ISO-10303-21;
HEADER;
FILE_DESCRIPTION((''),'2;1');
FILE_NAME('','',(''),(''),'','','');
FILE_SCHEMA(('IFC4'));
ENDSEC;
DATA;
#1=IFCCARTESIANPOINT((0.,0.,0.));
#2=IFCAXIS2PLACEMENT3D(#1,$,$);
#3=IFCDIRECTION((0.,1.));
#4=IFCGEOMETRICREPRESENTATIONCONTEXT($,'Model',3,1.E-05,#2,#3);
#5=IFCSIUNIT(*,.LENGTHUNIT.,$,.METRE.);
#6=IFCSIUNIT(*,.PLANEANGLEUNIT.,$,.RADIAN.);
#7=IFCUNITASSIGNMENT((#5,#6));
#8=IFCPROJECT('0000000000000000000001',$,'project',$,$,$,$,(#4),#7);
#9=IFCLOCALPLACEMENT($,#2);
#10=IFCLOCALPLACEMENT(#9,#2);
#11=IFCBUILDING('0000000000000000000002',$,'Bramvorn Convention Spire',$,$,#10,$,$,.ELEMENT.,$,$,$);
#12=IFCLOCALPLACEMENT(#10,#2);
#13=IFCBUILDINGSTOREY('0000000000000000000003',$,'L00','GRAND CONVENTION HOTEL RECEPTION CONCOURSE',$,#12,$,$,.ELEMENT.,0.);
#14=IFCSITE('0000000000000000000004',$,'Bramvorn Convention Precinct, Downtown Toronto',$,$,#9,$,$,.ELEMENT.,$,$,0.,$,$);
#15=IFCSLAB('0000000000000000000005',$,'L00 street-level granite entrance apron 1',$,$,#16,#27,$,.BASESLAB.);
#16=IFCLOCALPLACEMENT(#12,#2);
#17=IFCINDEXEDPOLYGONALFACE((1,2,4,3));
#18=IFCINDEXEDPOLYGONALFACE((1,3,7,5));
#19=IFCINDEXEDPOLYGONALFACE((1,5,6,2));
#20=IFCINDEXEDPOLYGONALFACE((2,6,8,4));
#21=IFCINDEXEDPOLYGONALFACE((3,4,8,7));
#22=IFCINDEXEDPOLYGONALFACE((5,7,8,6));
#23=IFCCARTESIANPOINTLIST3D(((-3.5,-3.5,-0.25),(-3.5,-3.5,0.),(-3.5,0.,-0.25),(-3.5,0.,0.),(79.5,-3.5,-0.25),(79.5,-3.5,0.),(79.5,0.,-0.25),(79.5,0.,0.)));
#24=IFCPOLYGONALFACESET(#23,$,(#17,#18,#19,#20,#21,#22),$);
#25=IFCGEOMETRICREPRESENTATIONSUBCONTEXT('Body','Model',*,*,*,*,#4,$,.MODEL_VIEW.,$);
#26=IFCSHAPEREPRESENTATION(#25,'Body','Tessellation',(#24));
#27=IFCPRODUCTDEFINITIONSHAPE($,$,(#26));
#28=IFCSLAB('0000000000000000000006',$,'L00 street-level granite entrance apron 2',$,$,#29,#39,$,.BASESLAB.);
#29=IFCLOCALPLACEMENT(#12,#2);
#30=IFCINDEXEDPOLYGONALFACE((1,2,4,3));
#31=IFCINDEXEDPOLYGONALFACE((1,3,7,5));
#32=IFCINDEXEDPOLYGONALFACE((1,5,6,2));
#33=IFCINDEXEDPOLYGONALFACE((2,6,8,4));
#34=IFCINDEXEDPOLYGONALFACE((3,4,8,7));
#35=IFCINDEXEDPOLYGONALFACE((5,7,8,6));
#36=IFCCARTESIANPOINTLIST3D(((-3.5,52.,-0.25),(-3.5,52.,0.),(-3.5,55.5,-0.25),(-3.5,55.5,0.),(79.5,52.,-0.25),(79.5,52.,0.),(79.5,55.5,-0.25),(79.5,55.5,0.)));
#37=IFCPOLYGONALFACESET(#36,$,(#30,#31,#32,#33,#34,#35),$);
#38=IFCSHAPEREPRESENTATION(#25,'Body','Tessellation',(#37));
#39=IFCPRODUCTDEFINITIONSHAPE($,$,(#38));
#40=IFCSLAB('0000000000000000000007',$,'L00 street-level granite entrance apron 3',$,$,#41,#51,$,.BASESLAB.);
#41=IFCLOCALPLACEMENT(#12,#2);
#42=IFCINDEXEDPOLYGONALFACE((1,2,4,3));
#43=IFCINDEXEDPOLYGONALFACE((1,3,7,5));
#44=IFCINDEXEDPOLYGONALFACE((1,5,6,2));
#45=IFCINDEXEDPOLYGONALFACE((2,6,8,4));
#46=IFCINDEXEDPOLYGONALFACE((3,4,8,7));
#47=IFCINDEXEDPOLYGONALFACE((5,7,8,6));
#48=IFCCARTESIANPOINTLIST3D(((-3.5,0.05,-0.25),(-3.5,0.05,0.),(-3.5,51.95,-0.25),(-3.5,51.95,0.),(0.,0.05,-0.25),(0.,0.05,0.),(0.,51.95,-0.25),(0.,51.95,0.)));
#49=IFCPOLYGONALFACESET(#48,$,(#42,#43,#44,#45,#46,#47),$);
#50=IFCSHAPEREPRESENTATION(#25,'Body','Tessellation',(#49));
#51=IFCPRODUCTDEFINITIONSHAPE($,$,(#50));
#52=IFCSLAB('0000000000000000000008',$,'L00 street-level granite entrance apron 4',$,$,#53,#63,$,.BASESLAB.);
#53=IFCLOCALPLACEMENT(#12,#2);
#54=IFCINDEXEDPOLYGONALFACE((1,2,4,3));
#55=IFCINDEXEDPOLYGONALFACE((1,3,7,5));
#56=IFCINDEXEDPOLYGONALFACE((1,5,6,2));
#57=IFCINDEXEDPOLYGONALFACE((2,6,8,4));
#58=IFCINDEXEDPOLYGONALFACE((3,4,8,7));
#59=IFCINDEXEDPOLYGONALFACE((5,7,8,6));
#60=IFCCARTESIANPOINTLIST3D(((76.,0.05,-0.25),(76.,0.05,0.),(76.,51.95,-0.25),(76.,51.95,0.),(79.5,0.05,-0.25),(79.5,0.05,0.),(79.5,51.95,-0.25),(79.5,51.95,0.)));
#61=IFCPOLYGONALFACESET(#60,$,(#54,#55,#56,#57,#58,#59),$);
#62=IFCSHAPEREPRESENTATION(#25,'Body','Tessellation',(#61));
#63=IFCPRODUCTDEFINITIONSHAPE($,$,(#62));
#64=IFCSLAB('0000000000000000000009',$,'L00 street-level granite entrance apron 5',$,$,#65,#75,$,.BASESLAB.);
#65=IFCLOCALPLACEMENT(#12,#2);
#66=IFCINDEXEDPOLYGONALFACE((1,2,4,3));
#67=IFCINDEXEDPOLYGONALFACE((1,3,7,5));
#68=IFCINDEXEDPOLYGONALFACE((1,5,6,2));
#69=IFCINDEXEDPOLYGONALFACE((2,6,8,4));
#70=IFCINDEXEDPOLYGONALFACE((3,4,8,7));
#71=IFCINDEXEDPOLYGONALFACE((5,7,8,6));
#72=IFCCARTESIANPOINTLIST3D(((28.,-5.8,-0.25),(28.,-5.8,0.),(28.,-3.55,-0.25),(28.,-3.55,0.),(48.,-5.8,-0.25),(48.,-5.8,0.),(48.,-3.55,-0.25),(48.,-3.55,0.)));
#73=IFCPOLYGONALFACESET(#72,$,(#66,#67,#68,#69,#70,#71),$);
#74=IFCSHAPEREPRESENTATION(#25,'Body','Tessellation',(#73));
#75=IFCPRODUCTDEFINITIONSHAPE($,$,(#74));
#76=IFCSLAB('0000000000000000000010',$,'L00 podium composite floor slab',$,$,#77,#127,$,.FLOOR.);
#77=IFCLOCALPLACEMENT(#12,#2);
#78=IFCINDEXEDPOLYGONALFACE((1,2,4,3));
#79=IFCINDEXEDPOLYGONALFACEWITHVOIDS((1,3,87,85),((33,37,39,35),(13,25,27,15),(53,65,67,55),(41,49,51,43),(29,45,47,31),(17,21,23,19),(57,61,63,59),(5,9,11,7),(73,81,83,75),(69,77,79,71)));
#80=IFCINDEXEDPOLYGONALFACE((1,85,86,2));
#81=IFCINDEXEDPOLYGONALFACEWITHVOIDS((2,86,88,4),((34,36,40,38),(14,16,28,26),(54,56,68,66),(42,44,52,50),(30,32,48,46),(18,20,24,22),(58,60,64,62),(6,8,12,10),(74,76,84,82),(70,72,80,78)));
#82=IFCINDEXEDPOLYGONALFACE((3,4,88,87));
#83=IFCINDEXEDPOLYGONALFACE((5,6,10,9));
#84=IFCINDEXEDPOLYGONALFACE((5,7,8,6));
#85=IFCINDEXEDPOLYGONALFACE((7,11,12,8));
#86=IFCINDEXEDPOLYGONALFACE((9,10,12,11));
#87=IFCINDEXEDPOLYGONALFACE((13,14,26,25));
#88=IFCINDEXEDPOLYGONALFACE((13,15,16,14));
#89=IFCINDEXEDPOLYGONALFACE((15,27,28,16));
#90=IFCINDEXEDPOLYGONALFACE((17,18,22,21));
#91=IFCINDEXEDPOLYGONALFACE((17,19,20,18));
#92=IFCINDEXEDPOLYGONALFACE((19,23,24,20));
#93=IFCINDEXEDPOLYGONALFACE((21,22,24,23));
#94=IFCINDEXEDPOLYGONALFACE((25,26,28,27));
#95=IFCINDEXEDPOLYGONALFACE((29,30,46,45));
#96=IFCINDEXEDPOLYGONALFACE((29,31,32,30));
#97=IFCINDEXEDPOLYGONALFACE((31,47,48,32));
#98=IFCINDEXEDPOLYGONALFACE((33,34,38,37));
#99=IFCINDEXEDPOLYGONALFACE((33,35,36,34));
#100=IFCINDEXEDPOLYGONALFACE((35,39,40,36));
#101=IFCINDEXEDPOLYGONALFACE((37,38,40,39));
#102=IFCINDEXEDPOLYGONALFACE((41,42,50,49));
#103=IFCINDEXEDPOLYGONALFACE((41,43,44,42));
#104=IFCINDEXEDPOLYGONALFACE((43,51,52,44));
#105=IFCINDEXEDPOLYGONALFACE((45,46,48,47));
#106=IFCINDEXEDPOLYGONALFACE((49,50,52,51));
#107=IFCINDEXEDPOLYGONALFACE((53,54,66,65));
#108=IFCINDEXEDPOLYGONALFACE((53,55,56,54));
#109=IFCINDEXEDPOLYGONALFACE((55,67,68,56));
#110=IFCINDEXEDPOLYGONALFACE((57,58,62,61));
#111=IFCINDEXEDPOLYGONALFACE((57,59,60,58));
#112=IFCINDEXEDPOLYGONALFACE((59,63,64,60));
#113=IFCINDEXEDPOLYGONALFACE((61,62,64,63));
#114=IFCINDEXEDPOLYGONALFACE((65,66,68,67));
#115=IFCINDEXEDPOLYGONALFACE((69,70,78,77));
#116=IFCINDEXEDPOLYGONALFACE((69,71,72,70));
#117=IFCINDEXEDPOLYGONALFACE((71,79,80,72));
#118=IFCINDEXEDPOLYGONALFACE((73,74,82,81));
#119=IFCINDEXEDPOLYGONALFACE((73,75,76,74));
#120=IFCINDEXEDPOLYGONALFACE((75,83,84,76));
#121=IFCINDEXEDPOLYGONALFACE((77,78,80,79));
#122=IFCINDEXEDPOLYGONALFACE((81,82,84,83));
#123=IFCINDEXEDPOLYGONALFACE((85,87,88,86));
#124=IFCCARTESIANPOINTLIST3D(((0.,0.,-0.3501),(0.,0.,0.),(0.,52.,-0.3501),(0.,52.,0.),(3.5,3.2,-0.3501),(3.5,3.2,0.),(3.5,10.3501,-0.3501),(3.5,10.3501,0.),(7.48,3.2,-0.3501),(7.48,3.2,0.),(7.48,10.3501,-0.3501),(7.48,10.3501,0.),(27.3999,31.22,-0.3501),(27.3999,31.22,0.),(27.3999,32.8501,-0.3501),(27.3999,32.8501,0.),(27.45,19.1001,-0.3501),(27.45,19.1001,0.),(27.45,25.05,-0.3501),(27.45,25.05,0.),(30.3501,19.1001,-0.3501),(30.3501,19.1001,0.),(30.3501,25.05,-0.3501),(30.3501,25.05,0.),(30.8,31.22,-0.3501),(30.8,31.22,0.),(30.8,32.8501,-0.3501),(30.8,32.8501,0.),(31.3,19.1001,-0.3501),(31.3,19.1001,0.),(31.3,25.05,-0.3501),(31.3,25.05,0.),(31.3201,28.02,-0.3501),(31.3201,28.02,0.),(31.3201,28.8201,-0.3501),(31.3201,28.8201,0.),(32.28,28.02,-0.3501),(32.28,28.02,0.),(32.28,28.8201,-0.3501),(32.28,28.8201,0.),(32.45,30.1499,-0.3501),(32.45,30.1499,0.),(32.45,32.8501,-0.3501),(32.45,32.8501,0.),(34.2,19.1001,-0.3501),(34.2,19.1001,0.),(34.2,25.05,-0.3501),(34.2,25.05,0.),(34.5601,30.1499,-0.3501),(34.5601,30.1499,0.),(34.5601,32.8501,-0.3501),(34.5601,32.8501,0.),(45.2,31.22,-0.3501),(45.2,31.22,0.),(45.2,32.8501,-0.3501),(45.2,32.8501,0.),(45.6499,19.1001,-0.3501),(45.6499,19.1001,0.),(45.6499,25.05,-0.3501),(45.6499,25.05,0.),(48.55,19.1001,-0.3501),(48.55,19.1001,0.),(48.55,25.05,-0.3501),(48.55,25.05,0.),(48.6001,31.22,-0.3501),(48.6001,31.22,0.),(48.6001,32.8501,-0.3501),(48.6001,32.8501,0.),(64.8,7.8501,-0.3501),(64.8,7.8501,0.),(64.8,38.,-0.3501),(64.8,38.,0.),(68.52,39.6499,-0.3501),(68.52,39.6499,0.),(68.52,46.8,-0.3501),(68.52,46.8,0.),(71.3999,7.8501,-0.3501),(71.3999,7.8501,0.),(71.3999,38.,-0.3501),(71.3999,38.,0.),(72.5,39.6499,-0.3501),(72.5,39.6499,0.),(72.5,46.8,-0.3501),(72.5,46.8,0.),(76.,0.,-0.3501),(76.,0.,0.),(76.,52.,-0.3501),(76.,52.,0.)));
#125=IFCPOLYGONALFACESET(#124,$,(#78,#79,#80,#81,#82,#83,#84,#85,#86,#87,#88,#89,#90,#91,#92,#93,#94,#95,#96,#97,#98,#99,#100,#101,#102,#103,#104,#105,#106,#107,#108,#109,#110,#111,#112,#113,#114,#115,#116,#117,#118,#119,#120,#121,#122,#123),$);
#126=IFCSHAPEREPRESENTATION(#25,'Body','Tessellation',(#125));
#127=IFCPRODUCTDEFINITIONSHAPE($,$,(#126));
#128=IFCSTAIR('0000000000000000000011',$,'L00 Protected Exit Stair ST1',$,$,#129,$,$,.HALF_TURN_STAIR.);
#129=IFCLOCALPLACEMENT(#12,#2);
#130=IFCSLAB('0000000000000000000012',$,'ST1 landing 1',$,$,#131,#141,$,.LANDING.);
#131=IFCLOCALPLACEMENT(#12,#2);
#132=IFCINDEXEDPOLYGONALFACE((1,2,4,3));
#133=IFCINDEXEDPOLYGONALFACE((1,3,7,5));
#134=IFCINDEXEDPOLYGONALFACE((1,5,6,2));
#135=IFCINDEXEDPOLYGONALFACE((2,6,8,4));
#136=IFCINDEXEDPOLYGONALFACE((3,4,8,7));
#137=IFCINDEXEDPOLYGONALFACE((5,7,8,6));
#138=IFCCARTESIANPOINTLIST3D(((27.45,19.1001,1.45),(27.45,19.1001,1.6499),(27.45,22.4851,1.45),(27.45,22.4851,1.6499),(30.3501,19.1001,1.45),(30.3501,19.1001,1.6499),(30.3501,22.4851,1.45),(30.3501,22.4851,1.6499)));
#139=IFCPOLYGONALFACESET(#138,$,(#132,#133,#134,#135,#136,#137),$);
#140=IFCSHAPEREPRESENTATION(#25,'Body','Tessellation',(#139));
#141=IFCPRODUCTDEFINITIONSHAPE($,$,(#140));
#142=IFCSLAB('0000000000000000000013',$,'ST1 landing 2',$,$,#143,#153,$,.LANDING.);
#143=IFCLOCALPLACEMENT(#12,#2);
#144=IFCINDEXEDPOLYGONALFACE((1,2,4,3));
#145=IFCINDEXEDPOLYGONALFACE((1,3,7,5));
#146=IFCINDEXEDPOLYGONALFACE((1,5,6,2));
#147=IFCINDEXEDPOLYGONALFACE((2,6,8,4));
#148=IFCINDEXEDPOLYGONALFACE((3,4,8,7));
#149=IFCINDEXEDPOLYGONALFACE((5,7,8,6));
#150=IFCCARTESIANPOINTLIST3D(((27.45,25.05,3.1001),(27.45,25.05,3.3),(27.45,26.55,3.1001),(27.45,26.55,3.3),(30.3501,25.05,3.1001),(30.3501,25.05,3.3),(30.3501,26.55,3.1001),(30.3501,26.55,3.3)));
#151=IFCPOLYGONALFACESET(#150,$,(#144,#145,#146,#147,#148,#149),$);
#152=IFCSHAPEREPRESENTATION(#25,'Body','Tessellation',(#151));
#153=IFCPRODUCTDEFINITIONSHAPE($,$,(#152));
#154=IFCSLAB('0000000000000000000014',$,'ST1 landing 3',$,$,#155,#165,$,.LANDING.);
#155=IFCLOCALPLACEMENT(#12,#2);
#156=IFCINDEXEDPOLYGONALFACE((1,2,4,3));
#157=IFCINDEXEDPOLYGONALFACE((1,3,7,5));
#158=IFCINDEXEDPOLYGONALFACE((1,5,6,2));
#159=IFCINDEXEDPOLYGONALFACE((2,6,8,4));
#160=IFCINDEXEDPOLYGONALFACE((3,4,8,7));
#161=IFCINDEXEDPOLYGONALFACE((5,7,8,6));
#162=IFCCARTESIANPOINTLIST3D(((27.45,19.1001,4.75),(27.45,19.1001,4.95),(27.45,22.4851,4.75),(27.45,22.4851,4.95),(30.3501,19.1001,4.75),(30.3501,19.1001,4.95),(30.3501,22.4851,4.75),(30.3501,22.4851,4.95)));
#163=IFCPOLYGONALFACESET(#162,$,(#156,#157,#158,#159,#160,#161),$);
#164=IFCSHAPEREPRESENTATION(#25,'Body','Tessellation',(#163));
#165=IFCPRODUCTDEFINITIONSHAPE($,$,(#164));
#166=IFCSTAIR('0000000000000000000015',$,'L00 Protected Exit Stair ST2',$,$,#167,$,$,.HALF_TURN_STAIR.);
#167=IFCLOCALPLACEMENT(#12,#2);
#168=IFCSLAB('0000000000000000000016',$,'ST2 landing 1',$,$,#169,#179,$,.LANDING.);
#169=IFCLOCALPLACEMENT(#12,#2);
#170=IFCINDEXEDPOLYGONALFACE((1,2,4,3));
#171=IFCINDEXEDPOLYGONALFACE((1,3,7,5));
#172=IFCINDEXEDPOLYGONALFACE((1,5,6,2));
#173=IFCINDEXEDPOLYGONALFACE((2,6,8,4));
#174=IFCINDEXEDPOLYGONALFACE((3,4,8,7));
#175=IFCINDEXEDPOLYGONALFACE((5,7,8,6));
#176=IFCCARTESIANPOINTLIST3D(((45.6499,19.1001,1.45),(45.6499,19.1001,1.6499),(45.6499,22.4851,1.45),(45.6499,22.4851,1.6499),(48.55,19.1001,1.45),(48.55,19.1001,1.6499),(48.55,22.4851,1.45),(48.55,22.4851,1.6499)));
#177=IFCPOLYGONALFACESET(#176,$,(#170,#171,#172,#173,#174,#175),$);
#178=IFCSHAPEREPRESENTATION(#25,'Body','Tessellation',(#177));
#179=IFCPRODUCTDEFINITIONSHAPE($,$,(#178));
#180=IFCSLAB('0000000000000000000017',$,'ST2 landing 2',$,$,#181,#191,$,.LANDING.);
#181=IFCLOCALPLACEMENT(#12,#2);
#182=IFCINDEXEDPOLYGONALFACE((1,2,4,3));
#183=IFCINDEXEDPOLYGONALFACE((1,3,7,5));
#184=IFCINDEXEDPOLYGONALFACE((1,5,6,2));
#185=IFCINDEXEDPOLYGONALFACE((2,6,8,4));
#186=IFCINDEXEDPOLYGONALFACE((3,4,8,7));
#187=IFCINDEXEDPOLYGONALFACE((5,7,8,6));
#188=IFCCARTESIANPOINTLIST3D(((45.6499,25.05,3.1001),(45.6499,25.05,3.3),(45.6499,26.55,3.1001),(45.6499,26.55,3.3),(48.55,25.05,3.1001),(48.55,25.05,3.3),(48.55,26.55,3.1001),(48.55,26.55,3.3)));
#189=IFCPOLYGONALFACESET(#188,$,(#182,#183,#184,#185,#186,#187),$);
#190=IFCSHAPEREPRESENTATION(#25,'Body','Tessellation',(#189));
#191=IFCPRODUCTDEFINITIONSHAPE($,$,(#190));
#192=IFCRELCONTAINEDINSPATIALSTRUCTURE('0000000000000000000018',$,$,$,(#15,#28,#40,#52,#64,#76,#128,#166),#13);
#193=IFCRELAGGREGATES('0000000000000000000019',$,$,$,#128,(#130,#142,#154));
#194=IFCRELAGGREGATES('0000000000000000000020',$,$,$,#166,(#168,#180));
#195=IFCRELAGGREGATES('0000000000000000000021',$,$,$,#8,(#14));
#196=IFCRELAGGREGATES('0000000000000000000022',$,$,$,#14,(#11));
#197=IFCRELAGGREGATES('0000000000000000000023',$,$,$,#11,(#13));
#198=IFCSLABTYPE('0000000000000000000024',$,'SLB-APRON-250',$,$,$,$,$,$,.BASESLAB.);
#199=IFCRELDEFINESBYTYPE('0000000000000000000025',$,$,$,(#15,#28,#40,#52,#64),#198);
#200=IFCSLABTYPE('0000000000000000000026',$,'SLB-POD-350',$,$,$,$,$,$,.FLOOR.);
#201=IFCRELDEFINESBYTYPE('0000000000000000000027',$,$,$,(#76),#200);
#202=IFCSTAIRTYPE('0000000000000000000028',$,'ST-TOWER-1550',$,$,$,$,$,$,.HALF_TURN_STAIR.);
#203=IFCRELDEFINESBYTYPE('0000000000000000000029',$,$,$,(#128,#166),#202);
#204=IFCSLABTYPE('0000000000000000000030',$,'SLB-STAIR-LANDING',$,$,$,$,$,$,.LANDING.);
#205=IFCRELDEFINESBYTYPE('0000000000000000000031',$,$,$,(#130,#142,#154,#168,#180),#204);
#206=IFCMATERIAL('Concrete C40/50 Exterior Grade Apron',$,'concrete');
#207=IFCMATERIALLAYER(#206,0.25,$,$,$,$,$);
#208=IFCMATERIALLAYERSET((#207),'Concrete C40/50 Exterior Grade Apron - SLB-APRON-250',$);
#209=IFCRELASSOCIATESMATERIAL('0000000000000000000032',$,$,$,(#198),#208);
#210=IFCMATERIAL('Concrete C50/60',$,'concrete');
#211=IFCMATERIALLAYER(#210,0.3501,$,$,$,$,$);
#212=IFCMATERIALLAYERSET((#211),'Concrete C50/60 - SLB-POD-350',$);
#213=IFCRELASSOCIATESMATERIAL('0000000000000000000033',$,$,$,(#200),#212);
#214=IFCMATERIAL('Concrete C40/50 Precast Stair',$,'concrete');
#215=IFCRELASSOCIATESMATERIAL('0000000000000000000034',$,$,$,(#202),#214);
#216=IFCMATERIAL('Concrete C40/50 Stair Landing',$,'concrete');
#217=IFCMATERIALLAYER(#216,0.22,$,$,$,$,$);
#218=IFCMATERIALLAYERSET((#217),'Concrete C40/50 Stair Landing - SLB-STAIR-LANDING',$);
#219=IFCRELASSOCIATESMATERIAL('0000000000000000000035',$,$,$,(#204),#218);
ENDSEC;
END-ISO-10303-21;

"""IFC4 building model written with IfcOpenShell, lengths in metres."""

from ifc_helpers import new_model, si_unit, direction, frame, origin, place, context, subcontext, project, spatial, polyline, outline, extrude, material, layer, layer_set, type_object, element, aggregate, save


model = new_model("IFC4")

# Units and contexts
model_context = context("Model", 3, precision=1e-05, world=origin(), true_north=direction((0.0, 1.0)))
body_context = subcontext(model_context, "Body", "Model", "MODEL_VIEW")
ifc_project = project(units=[si_unit("LENGTHUNIT", "METRE"), si_unit("PLANEANGLEUNIT", "RADIAN")], contexts=[model_context])

# Site, building, storey
site_placement = place(None, origin())
site = spatial("IfcSite", under=ifc_project, at=site_placement, Name="Bramvorn Convention Precinct, Downtown Toronto", CompositionType="ELEMENT", RefElevation=0.0)
building_placement = place(site_placement, origin())
building = spatial("IfcBuilding", under=site, at=building_placement, Name="Bramvorn Convention Spire", CompositionType="ELEMENT")
storey_placement = place(building_placement, origin())
storey = spatial("IfcBuildingStorey", under=building, at=storey_placement, Name="L00", Description="GRAND CONVENTION HOTEL RECEPTION CONCOURSE", CompositionType="ELEMENT", Elevation=0.0)

# Slabs
ifc_material_1 = material(Name="Concrete C40/50 Exterior Grade Apron", Category="concrete")
ifc_layer_1 = layer(ifc_material_1, 0.25)
ifc_layer_set_1 = layer_set([ifc_layer_1], Name="Concrete C40/50 Exterior Grade Apron - SLB-APRON-250")
slab_type_1 = type_object("IfcSlabType", Name="SLB-APRON-250", PredefinedType="BASESLAB", material=ifc_layer_set_1)
slab_1_placement = place(storey_placement, frame((0.0, 0.0, -0.25)))
element("IfcSlab", 1, at=slab_1_placement, inside=storey, type_object=slab_type_1, Name="L00 street-level granite entrance apron 1", PredefinedType="BASESLAB", context=body_context, shape_type="SweptSolid", body=[
    extrude(outline(polyline([(-3.5, -3.5), (79.5, -3.5), (79.5, 0.0), (-3.5, 0.0), (-3.5, -3.5)])), origin(), (0.0, 0.0, 1.0), 0.25),
])
slab_2_placement = place(storey_placement, frame((0.0, 0.0, -0.25)))
element("IfcSlab", 2, at=slab_2_placement, inside=storey, type_object=slab_type_1, Name="L00 street-level granite entrance apron 2", PredefinedType="BASESLAB", context=body_context, shape_type="SweptSolid", body=[
    extrude(outline(polyline([(-3.5, 52.0), (79.5, 52.0), (79.5, 55.5), (-3.5, 55.5), (-3.5, 52.0)])), origin(), (0.0, 0.0, 1.0), 0.25),
])
slab_3_placement = place(storey_placement, frame((0.0, 0.0, -0.25)))
element("IfcSlab", 3, at=slab_3_placement, inside=storey, type_object=slab_type_1, Name="L00 street-level granite entrance apron 3", PredefinedType="BASESLAB", context=body_context, shape_type="SweptSolid", body=[
    extrude(outline(polyline([(-3.5, 0.05), (0.0, 0.05), (0.0, 51.95), (-3.5, 51.95), (-3.5, 0.05)])), origin(), (0.0, 0.0, 1.0), 0.25),
])
slab_4_placement = place(storey_placement, frame((0.0, 0.0, -0.25)))
element("IfcSlab", 4, at=slab_4_placement, inside=storey, type_object=slab_type_1, Name="L00 street-level granite entrance apron 4", PredefinedType="BASESLAB", context=body_context, shape_type="SweptSolid", body=[
    extrude(outline(polyline([(76.0, 0.05), (79.5, 0.05), (79.5, 51.95), (76.0, 51.95), (76.0, 0.05)])), origin(), (0.0, 0.0, 1.0), 0.25),
])
slab_5_placement = place(storey_placement, frame((0.0, 0.0, -0.25)))
element("IfcSlab", 5, at=slab_5_placement, inside=storey, type_object=slab_type_1, Name="L00 street-level granite entrance apron 5", PredefinedType="BASESLAB", context=body_context, shape_type="SweptSolid", body=[
    extrude(outline(polyline([(28.0, -5.8), (48.0, -5.8), (48.0, -3.55), (28.0, -3.55), (28.0, -5.8)])), origin(), (0.0, 0.0, 1.0), 0.25),
])
ifc_material_2 = material(Name="Concrete C50/60", Category="concrete")
ifc_layer_2 = layer(ifc_material_2, 0.3501)
ifc_layer_set_2 = layer_set([ifc_layer_2], Name="Concrete C50/60 - SLB-POD-350")
slab_type_2 = type_object("IfcSlabType", Name="SLB-POD-350", PredefinedType="FLOOR", material=ifc_layer_set_2)
slab_6_placement = place(storey_placement, frame((0.0, 0.0, -0.3501)))
element("IfcSlab", 6, at=slab_6_placement, inside=storey, type_object=slab_type_2, Name="L00 podium composite floor slab", PredefinedType="FLOOR", context=body_context, shape_type="SweptSolid", body=[
    extrude(outline(polyline([(0.0, 0.0), (76.0, 0.0), (76.0, 52.0), (0.0, 52.0), (0.0, 0.0)]), holes=[polyline([(27.45, 25.05), (27.45, 19.1001), (30.3501, 19.1001), (30.3501, 25.05), (27.45, 25.05)]), polyline([(45.6499, 25.05), (45.6499, 19.1001), (48.55, 19.1001), (48.55, 25.05), (45.6499, 25.05)]), polyline([(31.3, 25.05), (31.3, 19.1001), (34.2, 19.1001), (34.2, 25.05), (31.3, 25.05)]), polyline([(3.5, 10.3501), (3.5, 3.2), (7.48, 3.2), (7.48, 10.3501), (3.5, 10.3501)]), polyline([(68.52, 46.8), (68.52, 39.6499), (72.5, 39.6499), (72.5, 46.8), (68.52, 46.8)]), polyline([(27.3999, 31.22), (30.8, 31.22), (30.8, 32.8501), (27.3999, 32.8501), (27.3999, 31.22)]), polyline([(45.2, 31.22), (48.6001, 31.22), (48.6001, 32.8501), (45.2, 32.8501), (45.2, 31.22)]), polyline([(32.45, 30.1499), (34.5601, 30.1499), (34.5601, 32.8501), (32.45, 32.8501), (32.45, 30.1499)]), polyline([(31.3201, 28.02), (32.28, 28.02), (32.28, 28.8201), (31.3201, 28.8201), (31.3201, 28.02)]), polyline([(64.8, 7.8501), (71.3999, 7.8501), (71.3999, 38.0), (64.8, 38.0), (64.8, 7.8501)])]), origin(), (0.0, 0.0, 1.0), 0.3501),
])

# Stairs, slabs
ifc_material_3 = material(Name="Concrete C40/50 Precast Stair", Category="concrete")
stair_type_1 = type_object("IfcStairType", Name="ST-TOWER-1550", PredefinedType="HALF_TURN_STAIR", material=ifc_material_3)
stair_1_placement = place(storey_placement, origin())
stair_1 = element("IfcStair", 7, at=stair_1_placement, inside=storey, type_object=stair_type_1, Name="L00 Protected Exit Stair ST1", PredefinedType="HALF_TURN_STAIR")
ifc_material_4 = material(Name="Concrete C40/50 Stair Landing", Category="concrete")
ifc_layer_3 = layer(ifc_material_4, 0.22)
ifc_layer_set_3 = layer_set([ifc_layer_3], Name="Concrete C40/50 Stair Landing - SLB-STAIR-LANDING")
slab_type_3 = type_object("IfcSlabType", Name="SLB-STAIR-LANDING", PredefinedType="LANDING", material=ifc_layer_set_3)
slab_7_placement = place(storey_placement, frame((0.0, 0.0, 1.45)))
slab_7 = element("IfcSlab", 8, at=slab_7_placement, type_object=slab_type_3, Name="ST1 landing 1", PredefinedType="LANDING", context=body_context, shape_type="SweptSolid", body=[
    extrude(outline(polyline([(27.45, 22.4851), (27.45, 19.1001), (30.3501, 19.1001), (30.3501, 22.4851), (27.45, 22.4851)])), origin(), (0.0, 0.0, 1.0), 0.2),
])
slab_8_placement = place(storey_placement, frame((0.0, 0.0, 3.1001)))
slab_8 = element("IfcSlab", 9, at=slab_8_placement, type_object=slab_type_3, Name="ST1 landing 2", PredefinedType="LANDING", context=body_context, shape_type="SweptSolid", body=[
    extrude(outline(polyline([(27.45, 26.55), (27.45, 25.05), (30.3501, 25.05), (30.3501, 26.55), (27.45, 26.55)])), origin(), (0.0, 0.0, 1.0), 0.2),
])
slab_9_placement = place(storey_placement, frame((0.0, 0.0, 4.75)))
slab_9 = element("IfcSlab", 10, at=slab_9_placement, type_object=slab_type_3, Name="ST1 landing 3", PredefinedType="LANDING", context=body_context, shape_type="SweptSolid", body=[
    extrude(outline(polyline([(27.45, 22.4851), (27.45, 19.1001), (30.3501, 19.1001), (30.3501, 22.4851), (27.45, 22.4851)])), origin(), (0.0, 0.0, 1.0), 0.2),
])
aggregate(stair_1, [slab_7, slab_8, slab_9])
stair_2_placement = place(storey_placement, origin())
stair_2 = element("IfcStair", 11, at=stair_2_placement, inside=storey, type_object=stair_type_1, Name="L00 Protected Exit Stair ST2", PredefinedType="HALF_TURN_STAIR")
slab_10_placement = place(storey_placement, frame((0.0, 0.0, 1.45)))
slab_10 = element("IfcSlab", 12, at=slab_10_placement, type_object=slab_type_3, Name="ST2 landing 1", PredefinedType="LANDING", context=body_context, shape_type="SweptSolid", body=[
    extrude(outline(polyline([(45.6499, 22.4851), (45.6499, 19.1001), (48.55, 19.1001), (48.55, 22.4851), (45.6499, 22.4851)])), origin(), (0.0, 0.0, 1.0), 0.2),
])
slab_11_placement = place(storey_placement, frame((0.0, 0.0, 3.1001)))
slab_11 = element("IfcSlab", 13, at=slab_11_placement, type_object=slab_type_3, Name="ST2 landing 2", PredefinedType="LANDING", context=body_context, shape_type="SweptSolid", body=[
    extrude(outline(polyline([(45.6499, 26.55), (45.6499, 25.05), (48.55, 25.05), (48.55, 26.55), (45.6499, 26.55)])), origin(), (0.0, 0.0, 1.0), 0.2),
])
aggregate(stair_2, [slab_10, slab_11])

save(model, "model.ifc")
